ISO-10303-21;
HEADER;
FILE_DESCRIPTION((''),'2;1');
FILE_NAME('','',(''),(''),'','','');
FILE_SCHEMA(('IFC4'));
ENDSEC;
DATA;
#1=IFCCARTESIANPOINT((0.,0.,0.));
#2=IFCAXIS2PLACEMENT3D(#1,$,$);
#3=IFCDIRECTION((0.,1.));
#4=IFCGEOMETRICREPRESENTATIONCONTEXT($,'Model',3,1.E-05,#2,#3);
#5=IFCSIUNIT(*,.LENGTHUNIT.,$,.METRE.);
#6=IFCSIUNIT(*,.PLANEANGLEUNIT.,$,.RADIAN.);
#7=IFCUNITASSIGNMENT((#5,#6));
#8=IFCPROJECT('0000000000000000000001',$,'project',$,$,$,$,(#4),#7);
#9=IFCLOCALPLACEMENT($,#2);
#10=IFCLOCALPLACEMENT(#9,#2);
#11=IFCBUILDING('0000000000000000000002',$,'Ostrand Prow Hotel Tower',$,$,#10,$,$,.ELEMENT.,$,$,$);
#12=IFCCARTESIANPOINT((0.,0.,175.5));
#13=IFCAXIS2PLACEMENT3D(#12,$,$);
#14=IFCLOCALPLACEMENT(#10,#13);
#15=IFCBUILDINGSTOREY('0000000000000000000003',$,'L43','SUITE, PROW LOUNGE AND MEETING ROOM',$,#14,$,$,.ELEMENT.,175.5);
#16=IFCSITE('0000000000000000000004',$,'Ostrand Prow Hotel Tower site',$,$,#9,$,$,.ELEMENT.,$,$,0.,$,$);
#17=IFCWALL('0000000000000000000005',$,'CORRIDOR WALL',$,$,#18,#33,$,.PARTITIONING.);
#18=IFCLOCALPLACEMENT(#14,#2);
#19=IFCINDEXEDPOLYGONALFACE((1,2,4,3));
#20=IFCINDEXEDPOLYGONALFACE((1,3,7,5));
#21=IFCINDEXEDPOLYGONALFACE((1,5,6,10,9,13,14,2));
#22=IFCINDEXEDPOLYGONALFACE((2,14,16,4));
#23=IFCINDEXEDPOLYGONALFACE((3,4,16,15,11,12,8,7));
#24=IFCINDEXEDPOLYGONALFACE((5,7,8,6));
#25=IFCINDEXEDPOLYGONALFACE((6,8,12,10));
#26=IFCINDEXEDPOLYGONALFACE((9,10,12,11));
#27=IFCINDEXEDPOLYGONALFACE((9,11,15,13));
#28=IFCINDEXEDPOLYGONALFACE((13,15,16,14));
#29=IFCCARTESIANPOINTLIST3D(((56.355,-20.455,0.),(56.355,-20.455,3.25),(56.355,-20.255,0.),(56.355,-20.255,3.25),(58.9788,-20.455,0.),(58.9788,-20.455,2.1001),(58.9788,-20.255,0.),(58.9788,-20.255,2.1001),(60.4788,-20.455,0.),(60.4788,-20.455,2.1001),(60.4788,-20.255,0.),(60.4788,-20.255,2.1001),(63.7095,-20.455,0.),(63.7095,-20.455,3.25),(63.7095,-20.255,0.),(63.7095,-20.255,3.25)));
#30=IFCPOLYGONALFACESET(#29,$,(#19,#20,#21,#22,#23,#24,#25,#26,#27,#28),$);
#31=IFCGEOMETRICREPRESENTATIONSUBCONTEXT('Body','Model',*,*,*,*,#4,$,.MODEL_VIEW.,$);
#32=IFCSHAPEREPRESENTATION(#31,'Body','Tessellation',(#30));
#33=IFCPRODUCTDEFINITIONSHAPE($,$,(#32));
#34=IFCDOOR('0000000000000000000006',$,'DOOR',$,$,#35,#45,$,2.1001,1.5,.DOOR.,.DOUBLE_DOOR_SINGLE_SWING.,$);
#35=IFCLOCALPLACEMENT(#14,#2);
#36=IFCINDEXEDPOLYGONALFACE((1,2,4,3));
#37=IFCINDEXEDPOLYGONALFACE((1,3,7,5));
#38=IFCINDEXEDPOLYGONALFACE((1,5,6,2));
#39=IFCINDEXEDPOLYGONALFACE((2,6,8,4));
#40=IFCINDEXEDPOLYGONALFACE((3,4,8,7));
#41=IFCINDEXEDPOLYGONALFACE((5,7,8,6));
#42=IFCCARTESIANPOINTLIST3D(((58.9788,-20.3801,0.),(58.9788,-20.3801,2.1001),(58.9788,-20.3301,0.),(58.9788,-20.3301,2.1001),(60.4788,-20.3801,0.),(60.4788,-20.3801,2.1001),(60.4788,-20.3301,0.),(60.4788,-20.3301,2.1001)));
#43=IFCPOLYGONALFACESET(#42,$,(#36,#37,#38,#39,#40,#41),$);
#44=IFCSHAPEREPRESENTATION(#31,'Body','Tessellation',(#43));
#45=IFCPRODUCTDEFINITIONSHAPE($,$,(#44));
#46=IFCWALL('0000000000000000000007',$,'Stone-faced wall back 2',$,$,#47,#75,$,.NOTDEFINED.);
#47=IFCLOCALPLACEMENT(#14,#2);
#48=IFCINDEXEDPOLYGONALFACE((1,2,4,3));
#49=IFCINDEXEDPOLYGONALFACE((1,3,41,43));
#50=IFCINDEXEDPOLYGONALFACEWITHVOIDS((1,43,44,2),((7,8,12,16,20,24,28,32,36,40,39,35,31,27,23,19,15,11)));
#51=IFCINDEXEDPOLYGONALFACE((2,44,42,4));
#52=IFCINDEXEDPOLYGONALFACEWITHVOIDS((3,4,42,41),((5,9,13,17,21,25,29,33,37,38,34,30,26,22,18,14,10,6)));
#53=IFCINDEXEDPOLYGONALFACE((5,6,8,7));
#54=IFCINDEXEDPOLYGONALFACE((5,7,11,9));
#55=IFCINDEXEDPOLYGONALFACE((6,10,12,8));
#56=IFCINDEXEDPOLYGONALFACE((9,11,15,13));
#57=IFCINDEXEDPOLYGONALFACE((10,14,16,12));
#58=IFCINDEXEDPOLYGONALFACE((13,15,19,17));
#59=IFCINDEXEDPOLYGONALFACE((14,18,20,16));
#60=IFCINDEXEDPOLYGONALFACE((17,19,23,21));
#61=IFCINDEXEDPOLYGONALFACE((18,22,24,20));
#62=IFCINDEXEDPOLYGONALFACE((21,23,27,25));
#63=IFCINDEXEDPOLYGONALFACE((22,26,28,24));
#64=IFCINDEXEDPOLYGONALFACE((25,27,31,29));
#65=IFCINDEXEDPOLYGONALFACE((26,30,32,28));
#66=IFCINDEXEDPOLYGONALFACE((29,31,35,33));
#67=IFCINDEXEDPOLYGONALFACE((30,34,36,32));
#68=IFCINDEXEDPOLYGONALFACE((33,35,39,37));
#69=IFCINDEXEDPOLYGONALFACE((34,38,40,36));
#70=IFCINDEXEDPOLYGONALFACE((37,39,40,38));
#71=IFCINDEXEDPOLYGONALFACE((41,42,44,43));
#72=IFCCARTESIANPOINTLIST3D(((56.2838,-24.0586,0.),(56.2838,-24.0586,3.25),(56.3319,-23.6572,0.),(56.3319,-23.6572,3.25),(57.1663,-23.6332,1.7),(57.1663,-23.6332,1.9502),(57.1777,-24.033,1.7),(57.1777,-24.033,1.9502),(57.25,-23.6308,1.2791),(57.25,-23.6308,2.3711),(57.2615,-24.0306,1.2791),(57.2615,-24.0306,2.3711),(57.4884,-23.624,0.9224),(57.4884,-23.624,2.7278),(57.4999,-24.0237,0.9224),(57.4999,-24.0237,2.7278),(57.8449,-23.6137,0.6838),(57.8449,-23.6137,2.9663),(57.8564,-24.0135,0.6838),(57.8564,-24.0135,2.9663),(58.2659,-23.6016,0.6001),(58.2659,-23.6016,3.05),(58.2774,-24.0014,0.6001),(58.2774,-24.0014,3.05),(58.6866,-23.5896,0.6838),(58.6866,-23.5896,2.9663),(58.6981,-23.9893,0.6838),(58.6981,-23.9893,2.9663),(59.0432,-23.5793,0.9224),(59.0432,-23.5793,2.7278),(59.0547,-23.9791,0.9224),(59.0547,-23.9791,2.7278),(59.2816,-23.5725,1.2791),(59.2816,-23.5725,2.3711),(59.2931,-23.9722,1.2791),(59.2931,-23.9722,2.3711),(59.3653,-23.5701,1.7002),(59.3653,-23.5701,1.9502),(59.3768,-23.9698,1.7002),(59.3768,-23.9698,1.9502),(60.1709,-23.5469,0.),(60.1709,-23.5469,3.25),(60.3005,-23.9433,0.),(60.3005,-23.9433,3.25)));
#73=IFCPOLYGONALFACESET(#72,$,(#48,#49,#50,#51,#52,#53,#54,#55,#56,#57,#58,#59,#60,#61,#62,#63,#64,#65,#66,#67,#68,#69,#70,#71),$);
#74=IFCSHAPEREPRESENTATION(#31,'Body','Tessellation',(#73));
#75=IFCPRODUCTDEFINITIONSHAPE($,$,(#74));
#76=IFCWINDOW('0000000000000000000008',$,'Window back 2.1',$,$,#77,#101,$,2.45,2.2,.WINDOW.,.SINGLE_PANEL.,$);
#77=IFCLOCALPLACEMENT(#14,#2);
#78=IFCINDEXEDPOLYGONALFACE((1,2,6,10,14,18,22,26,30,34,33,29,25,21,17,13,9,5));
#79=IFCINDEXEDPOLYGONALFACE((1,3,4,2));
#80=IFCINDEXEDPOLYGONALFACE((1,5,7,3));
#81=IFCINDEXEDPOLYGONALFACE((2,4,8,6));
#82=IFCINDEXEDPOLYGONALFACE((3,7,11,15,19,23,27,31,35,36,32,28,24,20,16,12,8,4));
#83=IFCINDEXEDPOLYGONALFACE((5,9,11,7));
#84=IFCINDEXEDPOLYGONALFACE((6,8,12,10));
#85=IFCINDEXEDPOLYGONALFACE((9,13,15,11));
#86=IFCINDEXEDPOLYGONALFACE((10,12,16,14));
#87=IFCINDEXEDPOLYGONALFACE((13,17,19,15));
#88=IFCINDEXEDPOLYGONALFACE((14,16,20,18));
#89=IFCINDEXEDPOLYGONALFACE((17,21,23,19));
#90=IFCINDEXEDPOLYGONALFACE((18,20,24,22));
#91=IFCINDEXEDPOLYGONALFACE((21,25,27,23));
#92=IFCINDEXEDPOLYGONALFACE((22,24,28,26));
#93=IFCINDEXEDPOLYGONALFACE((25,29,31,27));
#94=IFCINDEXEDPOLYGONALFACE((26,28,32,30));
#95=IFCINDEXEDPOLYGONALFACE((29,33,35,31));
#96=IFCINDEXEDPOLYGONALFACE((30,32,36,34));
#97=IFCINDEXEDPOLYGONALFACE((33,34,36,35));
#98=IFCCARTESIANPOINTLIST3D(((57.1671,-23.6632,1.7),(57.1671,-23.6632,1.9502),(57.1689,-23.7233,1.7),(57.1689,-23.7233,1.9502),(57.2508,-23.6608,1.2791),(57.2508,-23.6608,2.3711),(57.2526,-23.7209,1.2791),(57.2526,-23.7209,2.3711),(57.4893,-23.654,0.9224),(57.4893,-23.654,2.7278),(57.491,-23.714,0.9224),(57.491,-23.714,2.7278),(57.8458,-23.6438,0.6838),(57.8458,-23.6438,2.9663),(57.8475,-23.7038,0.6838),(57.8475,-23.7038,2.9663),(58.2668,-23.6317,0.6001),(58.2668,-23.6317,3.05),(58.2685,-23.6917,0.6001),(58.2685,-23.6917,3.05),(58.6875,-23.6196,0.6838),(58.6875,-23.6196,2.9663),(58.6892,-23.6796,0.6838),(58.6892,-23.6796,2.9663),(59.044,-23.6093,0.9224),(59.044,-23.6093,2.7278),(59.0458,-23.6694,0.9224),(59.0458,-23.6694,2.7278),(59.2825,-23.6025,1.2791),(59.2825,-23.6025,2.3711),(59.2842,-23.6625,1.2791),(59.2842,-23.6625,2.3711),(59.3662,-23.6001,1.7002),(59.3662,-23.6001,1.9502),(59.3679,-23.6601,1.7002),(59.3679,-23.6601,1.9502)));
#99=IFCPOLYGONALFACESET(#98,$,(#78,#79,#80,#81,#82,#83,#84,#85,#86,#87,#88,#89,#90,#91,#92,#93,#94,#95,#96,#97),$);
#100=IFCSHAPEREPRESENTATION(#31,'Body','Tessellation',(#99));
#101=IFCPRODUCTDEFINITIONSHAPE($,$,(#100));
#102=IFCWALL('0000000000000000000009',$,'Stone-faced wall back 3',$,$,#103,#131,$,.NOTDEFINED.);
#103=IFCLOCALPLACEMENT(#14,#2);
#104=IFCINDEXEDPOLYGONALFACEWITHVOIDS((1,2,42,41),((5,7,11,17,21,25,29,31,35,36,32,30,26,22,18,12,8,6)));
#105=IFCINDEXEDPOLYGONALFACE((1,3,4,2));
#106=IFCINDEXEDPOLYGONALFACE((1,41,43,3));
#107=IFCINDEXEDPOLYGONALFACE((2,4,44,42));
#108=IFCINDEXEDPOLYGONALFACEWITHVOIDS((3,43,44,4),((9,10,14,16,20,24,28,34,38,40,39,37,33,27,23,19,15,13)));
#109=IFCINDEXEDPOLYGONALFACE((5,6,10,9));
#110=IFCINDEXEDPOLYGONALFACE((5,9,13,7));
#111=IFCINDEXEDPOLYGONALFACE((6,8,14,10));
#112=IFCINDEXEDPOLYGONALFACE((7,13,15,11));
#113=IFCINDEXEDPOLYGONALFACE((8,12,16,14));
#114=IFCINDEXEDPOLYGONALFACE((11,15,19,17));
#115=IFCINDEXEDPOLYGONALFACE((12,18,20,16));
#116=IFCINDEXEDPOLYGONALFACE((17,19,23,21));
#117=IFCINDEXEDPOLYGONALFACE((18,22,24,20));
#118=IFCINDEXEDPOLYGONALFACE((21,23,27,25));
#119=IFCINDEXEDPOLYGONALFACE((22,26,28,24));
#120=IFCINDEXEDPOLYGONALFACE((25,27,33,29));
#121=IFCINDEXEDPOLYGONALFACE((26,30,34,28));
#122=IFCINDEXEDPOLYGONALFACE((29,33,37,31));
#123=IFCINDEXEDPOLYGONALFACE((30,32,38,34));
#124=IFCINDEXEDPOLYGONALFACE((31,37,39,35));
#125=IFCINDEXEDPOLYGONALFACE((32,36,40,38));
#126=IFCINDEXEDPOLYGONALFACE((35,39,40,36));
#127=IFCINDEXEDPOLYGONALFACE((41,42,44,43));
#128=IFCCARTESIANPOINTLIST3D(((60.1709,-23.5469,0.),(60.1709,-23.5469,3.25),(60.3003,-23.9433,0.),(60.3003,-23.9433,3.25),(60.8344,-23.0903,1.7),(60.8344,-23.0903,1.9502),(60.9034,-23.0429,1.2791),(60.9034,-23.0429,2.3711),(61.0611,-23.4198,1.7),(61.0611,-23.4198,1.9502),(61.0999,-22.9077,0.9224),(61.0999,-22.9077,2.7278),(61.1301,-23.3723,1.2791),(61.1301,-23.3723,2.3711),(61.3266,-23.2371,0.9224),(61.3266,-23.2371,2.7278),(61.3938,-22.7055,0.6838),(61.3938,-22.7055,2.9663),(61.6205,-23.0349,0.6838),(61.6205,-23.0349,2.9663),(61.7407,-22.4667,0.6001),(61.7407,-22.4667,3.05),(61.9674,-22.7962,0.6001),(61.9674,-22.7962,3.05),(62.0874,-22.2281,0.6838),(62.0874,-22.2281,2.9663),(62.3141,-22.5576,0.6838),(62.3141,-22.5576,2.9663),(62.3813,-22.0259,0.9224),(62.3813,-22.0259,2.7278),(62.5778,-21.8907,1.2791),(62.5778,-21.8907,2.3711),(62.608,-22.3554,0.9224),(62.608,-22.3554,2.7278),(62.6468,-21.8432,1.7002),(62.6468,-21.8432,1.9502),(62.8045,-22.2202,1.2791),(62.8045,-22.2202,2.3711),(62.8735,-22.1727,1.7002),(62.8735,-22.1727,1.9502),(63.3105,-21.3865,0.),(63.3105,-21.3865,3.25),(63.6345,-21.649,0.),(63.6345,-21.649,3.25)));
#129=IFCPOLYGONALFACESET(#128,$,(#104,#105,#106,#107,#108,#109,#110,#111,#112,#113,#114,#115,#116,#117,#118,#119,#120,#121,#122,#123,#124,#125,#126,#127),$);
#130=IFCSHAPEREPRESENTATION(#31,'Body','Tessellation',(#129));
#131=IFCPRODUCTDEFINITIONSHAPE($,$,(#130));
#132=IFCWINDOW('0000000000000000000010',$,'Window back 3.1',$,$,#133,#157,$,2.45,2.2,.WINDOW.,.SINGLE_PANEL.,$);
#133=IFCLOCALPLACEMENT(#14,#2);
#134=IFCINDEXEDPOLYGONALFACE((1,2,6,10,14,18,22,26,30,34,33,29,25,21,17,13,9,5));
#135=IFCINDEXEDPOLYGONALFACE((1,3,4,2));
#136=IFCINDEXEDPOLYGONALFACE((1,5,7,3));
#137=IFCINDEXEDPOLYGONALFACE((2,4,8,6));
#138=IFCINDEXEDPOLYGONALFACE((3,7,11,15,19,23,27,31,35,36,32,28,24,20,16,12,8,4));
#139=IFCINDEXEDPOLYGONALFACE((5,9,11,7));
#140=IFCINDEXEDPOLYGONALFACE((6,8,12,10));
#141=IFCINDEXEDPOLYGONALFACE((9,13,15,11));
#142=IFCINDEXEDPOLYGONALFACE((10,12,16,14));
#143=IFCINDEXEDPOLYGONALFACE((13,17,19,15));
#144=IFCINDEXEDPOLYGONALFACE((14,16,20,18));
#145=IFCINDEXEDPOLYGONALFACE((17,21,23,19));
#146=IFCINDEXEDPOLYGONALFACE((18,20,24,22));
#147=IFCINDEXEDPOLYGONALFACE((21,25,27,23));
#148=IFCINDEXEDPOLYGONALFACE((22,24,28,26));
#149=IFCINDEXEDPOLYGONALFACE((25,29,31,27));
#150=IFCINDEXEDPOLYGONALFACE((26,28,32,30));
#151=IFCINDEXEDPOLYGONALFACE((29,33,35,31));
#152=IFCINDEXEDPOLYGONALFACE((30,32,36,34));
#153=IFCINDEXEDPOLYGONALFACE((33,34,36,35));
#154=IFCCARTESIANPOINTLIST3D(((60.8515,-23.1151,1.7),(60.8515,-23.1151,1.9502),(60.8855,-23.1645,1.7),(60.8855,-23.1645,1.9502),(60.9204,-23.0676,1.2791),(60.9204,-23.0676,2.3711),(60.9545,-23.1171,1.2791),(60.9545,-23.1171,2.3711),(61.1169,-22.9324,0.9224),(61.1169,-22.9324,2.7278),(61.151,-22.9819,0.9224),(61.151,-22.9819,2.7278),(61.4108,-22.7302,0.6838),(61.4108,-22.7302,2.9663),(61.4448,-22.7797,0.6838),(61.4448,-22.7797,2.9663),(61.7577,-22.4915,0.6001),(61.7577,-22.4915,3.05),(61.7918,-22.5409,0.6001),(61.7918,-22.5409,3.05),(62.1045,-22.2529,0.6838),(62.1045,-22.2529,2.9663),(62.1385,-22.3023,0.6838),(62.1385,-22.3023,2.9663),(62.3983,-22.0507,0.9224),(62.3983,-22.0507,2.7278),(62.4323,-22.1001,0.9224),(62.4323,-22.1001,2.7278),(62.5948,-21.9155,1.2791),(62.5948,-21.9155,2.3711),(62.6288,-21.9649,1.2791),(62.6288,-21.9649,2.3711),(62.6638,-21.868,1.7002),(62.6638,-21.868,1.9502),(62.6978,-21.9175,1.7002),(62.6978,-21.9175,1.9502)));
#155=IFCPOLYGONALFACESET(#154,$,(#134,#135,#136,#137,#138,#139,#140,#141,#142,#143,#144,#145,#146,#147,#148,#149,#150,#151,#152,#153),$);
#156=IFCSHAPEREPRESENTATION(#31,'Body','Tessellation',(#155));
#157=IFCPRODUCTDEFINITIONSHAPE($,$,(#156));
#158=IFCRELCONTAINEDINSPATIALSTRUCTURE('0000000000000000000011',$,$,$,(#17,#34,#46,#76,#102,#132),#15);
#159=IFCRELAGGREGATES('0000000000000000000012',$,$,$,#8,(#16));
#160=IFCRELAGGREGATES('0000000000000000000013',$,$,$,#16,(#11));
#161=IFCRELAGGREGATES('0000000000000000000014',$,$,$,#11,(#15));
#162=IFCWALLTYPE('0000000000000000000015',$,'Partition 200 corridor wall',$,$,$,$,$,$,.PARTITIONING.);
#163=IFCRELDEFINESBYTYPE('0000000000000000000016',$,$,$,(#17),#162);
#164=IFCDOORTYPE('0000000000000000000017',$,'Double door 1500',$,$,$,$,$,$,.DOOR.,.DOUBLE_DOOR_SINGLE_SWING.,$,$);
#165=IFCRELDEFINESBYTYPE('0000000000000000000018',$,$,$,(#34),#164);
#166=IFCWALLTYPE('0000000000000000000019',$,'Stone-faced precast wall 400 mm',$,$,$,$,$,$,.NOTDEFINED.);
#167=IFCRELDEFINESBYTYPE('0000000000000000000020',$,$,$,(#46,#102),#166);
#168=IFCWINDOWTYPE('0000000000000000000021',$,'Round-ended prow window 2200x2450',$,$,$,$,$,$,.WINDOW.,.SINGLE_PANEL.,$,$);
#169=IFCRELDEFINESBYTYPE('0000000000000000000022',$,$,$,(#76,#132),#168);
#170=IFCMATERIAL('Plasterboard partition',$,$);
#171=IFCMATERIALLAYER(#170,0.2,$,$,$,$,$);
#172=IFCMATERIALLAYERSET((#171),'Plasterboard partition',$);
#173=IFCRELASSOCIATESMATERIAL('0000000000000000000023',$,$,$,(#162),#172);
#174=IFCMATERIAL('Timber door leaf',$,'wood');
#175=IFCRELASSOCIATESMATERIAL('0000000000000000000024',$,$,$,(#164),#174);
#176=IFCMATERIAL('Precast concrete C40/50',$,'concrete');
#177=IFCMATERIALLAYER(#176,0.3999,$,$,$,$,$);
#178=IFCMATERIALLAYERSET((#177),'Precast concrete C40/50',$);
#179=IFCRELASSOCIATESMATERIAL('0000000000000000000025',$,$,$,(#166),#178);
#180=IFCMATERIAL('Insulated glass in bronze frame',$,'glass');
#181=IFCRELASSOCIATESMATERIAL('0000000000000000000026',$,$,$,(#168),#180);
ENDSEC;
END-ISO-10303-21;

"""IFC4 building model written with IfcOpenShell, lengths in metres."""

from ifc_helpers import new_model, si_unit, direction, frame, frame_2d, origin, place, context, subcontext, project, spatial, polyline, rectangle, outline, extrude, material, layer, layer_set, type_object, element, fill, save


model = new_model("IFC4")

# Units and contexts
model_context = context("Model", 3, precision=1e-05, world=origin(), true_north=direction((0.0, 1.0)))
body_context = subcontext(model_context, "Body", "Model", "MODEL_VIEW")
ifc_project = project(units=[si_unit("LENGTHUNIT", "METRE"), si_unit("PLANEANGLEUNIT", "RADIAN")], contexts=[model_context])

# Site, building, storey
site_placement = place(None, origin())
site = spatial("IfcSite", under=ifc_project, at=site_placement, Name="Ostrand Prow Hotel Tower site", CompositionType="ELEMENT", RefElevation=0.0)
building_placement = place(site_placement, origin())
building = spatial("IfcBuilding", under=site, at=building_placement, Name="Ostrand Prow Hotel Tower", CompositionType="ELEMENT")
storey_placement = place(building_placement, frame((0.0, 0.0, 175.5)))
storey = spatial("IfcBuildingStorey", under=building, at=storey_placement, Name="L43", Description="SUITE, PROW LOUNGE AND MEETING ROOM", CompositionType="ELEMENT", Elevation=175.5)

# Wall, opening, door
ifc_material_1 = material(Name="Plasterboard partition")
ifc_layer_1 = layer(ifc_material_1, 0.2)
ifc_layer_set_1 = layer_set([ifc_layer_1], Name="Plasterboard partition")
wall_type_1 = type_object("IfcWallType", Name="Partition 200 corridor wall", PredefinedType="PARTITIONING", material=ifc_layer_set_1)
wall_1_placement = place(storey_placement, frame((56.355, -20.355, 0.0), z_axis=(0.0, 0.0, 1.0), x_axis=(1.0, 0.0, 0.0)))
wall_1 = element("IfcWall", 1, at=wall_1_placement, inside=storey, type_object=wall_type_1, Name="CORRIDOR WALL", PredefinedType="PARTITIONING", context=body_context, shape_type="SweptSolid", body=[
    extrude(rectangle(XDim=7.3545, YDim=0.2, at=frame_2d((3.6772, 0.0))), origin(), (0.0, 0.0, 1.0), 3.25),
])
opening_1_placement = place(wall_1_placement, frame((2.6238, 0.0, 0.0)))
opening_1 = element("IfcOpeningElement", 2, at=opening_1_placement, cuts=wall_1, PredefinedType="OPENING", context=body_context, shape_type="SweptSolid", body=[
    extrude(rectangle(XDim=1.5, YDim=2.1001, at=frame_2d((0.75, 1.05))), frame((0.0, 0.1099, 0.0), z_axis=(0.0, -1.0, 0.0), x_axis=(1.0, 0.0, 0.0)), (0.0, 0.0, 1.0), 0.22),
])
ifc_material_2 = material(Name="Timber door leaf", Category="wood")
door_type_1 = type_object("IfcDoorType", Name="Double door 1500", OperationType="DOUBLE_DOOR_SINGLE_SWING", PredefinedType="DOOR", material=ifc_material_2)
door_1_placement = place(opening_1_placement, origin())
door_1 = element("IfcDoor", 3, at=door_1_placement, inside=storey, type_object=door_type_1, Name="DOOR", OperationType="DOUBLE_DOOR_SINGLE_SWING", OverallHeight=2.1001, OverallWidth=1.5, PredefinedType="DOOR", context=body_context, shape_type="SweptSolid", body=[
    extrude(rectangle(XDim=1.5, YDim=2.1001, at=frame_2d((0.75, 1.05))), frame((0.0, 0.0249, 0.0), z_axis=(0.0, -1.0, 0.0), x_axis=(1.0, 0.0, 0.0)), (0.0, 0.0, 1.0), 0.05),
])
fill(opening_1, door_1)

# Walls, openings, windows
ifc_material_3 = material(Name="Precast concrete C40/50", Category="concrete")
ifc_layer_2 = layer(ifc_material_3, 0.3999)
ifc_layer_set_2 = layer_set([ifc_layer_2], Name="Precast concrete C40/50")
wall_type_2 = type_object("IfcWallType", Name="Stone-faced precast wall 400 mm", PredefinedType="NOTDEFINED", material=ifc_layer_set_2)
wall_2_placement = place(storey_placement, frame((56.3079, -23.8579, 0.0), z_axis=(0.0, 0.0, 1.0), x_axis=(0.999588, 0.028705, 0.0)))
wall_2 = element("IfcWall", 4, at=wall_2_placement, inside=storey, type_object=wall_type_2, Name="Stone-faced wall back 2", PredefinedType="NOTDEFINED", context=body_context, shape_type="SweptSolid", body=[
    extrude(outline(polyline([(-0.0298, -0.2), (3.9885, -0.2), (3.8704, 0.2), (0.0298, 0.2), (-0.0298, -0.2)])), origin(), (0.0, 0.0, 1.0), 3.25),
])
opening_2_placement = place(wall_2_placement, frame((0.8645, 0.0, 0.6001)))
opening_2 = element("IfcOpeningElement", 5, at=opening_2_placement, cuts=wall_2, PredefinedType="OPENING", context=body_context, shape_type="SweptSolid", body=[
    extrude(outline(polyline([(0.0, 1.3501), (0.0837, 1.771), (0.3223, 2.1277), (0.679, 2.3662), (1.1001, 2.45), (1.521, 2.3662), (1.8777, 2.1277), (2.1162, 1.771), (2.2, 1.3501), (2.2, 1.1001), (2.1162, 0.679), (1.8777, 0.3223), (1.521, 0.0837), (1.1001, 0.0), (0.679, 0.0837), (0.3223, 0.3223), (0.0837, 0.679), (0.0, 1.0999), (0.0, 1.3501)])), frame((0.0, 0.21, 0.0), z_axis=(0.0, -1.0, 0.0), x_axis=(1.0, 0.0, 0.0)), (0.0, 0.0, 1.0), 0.4199),
])
ifc_material_4 = material(Name="Insulated glass in bronze frame", Category="glass")
window_type = type_object("IfcWindowType", Name="Round-ended prow window 2200x2450", PartitioningType="SINGLE_PANEL", PredefinedType="WINDOW", material=ifc_material_4)
window_1_placement = place(opening_2_placement, origin())
window_1 = element("IfcWindow", 6, at=window_1_placement, inside=storey, type_object=window_type, Name="Window back 2.1", OverallHeight=2.45, OverallWidth=2.2, PartitioningType="SINGLE_PANEL", PredefinedType="WINDOW", context=body_context, shape_type="SweptSolid", body=[
    extrude(outline(polyline([(0.0, 1.3501), (0.0837, 1.771), (0.3223, 2.1277), (0.679, 2.3662), (1.1001, 2.45), (1.521, 2.3662), (1.8777, 2.1277), (2.1162, 1.771), (2.2, 1.3501), (2.2, 1.1001), (2.1162, 0.679), (1.8777, 0.3223), (1.521, 0.0837), (1.1001, 0.0), (0.679, 0.0837), (0.3223, 0.3223), (0.0837, 0.679), (0.0, 1.0999), (0.0, 1.3501)])), frame((0.0, 0.1699, 0.0), z_axis=(0.0, -1.0, 0.0), x_axis=(1.0, 0.0, 0.0)), (0.0, 0.0, 1.0), 0.0601),
])
fill(opening_2, window_1)
wall_3_placement = place(storey_placement, frame((60.2356, -23.7451, 0.0), z_axis=(0.0, 0.0, 1.0), x_axis=(0.823806, 0.566872, 0.0)))
wall_3 = element("IfcWall", 7, at=wall_3_placement, inside=storey, type_object=wall_type_2, Name="Stone-faced wall back 3", PredefinedType="NOTDEFINED", context=body_context, shape_type="SweptSolid", body=[
    extrude(outline(polyline([(-0.0591, -0.2), (3.9883, -0.2), (3.8701, 0.2), (0.0591, 0.2), (-0.0591, -0.2)])), origin(), (0.0, 0.0, 1.0), 3.25),
])
opening_3_placement = place(wall_3_placement, frame((0.8645, 0.0, 0.6001)))
opening_3 = element("IfcOpeningElement", 8, at=opening_3_placement, cuts=wall_3, PredefinedType="OPENING", context=body_context, shape_type="SweptSolid", body=[
    extrude(outline(polyline([(0.0, 1.3501), (0.0837, 1.771), (0.3223, 2.1277), (0.679, 2.3662), (1.1001, 2.45), (1.521, 2.3662), (1.8777, 2.1277), (2.1162, 1.771), (2.2, 1.3501), (2.2, 1.1001), (2.1162, 0.679), (1.8777, 0.3223), (1.521, 0.0837), (1.1001, 0.0), (0.679, 0.0837), (0.3223, 0.3223), (0.0837, 0.679), (0.0, 1.0999), (0.0, 1.3501)])), frame((0.0, 0.21, 0.0), z_axis=(0.0, -1.0, 0.0), x_axis=(1.0, 0.0, 0.0)), (0.0, 0.0, 1.0), 0.4199),
])
window_2_placement = place(opening_3_placement, origin())
window_2 = element("IfcWindow", 9, at=window_2_placement, inside=storey, type_object=window_type, Name="Window back 3.1", OverallHeight=2.45, OverallWidth=2.2, PartitioningType="SINGLE_PANEL", PredefinedType="WINDOW", context=body_context, shape_type="SweptSolid", body=[
    extrude(outline(polyline([(0.0, 1.3501), (0.0837, 1.771), (0.3223, 2.1277), (0.679, 2.3662), (1.1001, 2.45), (1.521, 2.3662), (1.8777, 2.1277), (2.1162, 1.771), (2.2, 1.3501), (2.2, 1.1001), (2.1162, 0.679), (1.8777, 0.3223), (1.521, 0.0837), (1.1001, 0.0), (0.679, 0.0837), (0.3223, 0.3223), (0.0837, 0.679), (0.0, 1.0999), (0.0, 1.3501)])), frame((0.0, 0.1699, 0.0), z_axis=(0.0, -1.0, 0.0), x_axis=(1.0, 0.0, 0.0)), (0.0, 0.0, 1.0), 0.0601),
])
fill(opening_3, window_2)

save(model, "model.ifc")
